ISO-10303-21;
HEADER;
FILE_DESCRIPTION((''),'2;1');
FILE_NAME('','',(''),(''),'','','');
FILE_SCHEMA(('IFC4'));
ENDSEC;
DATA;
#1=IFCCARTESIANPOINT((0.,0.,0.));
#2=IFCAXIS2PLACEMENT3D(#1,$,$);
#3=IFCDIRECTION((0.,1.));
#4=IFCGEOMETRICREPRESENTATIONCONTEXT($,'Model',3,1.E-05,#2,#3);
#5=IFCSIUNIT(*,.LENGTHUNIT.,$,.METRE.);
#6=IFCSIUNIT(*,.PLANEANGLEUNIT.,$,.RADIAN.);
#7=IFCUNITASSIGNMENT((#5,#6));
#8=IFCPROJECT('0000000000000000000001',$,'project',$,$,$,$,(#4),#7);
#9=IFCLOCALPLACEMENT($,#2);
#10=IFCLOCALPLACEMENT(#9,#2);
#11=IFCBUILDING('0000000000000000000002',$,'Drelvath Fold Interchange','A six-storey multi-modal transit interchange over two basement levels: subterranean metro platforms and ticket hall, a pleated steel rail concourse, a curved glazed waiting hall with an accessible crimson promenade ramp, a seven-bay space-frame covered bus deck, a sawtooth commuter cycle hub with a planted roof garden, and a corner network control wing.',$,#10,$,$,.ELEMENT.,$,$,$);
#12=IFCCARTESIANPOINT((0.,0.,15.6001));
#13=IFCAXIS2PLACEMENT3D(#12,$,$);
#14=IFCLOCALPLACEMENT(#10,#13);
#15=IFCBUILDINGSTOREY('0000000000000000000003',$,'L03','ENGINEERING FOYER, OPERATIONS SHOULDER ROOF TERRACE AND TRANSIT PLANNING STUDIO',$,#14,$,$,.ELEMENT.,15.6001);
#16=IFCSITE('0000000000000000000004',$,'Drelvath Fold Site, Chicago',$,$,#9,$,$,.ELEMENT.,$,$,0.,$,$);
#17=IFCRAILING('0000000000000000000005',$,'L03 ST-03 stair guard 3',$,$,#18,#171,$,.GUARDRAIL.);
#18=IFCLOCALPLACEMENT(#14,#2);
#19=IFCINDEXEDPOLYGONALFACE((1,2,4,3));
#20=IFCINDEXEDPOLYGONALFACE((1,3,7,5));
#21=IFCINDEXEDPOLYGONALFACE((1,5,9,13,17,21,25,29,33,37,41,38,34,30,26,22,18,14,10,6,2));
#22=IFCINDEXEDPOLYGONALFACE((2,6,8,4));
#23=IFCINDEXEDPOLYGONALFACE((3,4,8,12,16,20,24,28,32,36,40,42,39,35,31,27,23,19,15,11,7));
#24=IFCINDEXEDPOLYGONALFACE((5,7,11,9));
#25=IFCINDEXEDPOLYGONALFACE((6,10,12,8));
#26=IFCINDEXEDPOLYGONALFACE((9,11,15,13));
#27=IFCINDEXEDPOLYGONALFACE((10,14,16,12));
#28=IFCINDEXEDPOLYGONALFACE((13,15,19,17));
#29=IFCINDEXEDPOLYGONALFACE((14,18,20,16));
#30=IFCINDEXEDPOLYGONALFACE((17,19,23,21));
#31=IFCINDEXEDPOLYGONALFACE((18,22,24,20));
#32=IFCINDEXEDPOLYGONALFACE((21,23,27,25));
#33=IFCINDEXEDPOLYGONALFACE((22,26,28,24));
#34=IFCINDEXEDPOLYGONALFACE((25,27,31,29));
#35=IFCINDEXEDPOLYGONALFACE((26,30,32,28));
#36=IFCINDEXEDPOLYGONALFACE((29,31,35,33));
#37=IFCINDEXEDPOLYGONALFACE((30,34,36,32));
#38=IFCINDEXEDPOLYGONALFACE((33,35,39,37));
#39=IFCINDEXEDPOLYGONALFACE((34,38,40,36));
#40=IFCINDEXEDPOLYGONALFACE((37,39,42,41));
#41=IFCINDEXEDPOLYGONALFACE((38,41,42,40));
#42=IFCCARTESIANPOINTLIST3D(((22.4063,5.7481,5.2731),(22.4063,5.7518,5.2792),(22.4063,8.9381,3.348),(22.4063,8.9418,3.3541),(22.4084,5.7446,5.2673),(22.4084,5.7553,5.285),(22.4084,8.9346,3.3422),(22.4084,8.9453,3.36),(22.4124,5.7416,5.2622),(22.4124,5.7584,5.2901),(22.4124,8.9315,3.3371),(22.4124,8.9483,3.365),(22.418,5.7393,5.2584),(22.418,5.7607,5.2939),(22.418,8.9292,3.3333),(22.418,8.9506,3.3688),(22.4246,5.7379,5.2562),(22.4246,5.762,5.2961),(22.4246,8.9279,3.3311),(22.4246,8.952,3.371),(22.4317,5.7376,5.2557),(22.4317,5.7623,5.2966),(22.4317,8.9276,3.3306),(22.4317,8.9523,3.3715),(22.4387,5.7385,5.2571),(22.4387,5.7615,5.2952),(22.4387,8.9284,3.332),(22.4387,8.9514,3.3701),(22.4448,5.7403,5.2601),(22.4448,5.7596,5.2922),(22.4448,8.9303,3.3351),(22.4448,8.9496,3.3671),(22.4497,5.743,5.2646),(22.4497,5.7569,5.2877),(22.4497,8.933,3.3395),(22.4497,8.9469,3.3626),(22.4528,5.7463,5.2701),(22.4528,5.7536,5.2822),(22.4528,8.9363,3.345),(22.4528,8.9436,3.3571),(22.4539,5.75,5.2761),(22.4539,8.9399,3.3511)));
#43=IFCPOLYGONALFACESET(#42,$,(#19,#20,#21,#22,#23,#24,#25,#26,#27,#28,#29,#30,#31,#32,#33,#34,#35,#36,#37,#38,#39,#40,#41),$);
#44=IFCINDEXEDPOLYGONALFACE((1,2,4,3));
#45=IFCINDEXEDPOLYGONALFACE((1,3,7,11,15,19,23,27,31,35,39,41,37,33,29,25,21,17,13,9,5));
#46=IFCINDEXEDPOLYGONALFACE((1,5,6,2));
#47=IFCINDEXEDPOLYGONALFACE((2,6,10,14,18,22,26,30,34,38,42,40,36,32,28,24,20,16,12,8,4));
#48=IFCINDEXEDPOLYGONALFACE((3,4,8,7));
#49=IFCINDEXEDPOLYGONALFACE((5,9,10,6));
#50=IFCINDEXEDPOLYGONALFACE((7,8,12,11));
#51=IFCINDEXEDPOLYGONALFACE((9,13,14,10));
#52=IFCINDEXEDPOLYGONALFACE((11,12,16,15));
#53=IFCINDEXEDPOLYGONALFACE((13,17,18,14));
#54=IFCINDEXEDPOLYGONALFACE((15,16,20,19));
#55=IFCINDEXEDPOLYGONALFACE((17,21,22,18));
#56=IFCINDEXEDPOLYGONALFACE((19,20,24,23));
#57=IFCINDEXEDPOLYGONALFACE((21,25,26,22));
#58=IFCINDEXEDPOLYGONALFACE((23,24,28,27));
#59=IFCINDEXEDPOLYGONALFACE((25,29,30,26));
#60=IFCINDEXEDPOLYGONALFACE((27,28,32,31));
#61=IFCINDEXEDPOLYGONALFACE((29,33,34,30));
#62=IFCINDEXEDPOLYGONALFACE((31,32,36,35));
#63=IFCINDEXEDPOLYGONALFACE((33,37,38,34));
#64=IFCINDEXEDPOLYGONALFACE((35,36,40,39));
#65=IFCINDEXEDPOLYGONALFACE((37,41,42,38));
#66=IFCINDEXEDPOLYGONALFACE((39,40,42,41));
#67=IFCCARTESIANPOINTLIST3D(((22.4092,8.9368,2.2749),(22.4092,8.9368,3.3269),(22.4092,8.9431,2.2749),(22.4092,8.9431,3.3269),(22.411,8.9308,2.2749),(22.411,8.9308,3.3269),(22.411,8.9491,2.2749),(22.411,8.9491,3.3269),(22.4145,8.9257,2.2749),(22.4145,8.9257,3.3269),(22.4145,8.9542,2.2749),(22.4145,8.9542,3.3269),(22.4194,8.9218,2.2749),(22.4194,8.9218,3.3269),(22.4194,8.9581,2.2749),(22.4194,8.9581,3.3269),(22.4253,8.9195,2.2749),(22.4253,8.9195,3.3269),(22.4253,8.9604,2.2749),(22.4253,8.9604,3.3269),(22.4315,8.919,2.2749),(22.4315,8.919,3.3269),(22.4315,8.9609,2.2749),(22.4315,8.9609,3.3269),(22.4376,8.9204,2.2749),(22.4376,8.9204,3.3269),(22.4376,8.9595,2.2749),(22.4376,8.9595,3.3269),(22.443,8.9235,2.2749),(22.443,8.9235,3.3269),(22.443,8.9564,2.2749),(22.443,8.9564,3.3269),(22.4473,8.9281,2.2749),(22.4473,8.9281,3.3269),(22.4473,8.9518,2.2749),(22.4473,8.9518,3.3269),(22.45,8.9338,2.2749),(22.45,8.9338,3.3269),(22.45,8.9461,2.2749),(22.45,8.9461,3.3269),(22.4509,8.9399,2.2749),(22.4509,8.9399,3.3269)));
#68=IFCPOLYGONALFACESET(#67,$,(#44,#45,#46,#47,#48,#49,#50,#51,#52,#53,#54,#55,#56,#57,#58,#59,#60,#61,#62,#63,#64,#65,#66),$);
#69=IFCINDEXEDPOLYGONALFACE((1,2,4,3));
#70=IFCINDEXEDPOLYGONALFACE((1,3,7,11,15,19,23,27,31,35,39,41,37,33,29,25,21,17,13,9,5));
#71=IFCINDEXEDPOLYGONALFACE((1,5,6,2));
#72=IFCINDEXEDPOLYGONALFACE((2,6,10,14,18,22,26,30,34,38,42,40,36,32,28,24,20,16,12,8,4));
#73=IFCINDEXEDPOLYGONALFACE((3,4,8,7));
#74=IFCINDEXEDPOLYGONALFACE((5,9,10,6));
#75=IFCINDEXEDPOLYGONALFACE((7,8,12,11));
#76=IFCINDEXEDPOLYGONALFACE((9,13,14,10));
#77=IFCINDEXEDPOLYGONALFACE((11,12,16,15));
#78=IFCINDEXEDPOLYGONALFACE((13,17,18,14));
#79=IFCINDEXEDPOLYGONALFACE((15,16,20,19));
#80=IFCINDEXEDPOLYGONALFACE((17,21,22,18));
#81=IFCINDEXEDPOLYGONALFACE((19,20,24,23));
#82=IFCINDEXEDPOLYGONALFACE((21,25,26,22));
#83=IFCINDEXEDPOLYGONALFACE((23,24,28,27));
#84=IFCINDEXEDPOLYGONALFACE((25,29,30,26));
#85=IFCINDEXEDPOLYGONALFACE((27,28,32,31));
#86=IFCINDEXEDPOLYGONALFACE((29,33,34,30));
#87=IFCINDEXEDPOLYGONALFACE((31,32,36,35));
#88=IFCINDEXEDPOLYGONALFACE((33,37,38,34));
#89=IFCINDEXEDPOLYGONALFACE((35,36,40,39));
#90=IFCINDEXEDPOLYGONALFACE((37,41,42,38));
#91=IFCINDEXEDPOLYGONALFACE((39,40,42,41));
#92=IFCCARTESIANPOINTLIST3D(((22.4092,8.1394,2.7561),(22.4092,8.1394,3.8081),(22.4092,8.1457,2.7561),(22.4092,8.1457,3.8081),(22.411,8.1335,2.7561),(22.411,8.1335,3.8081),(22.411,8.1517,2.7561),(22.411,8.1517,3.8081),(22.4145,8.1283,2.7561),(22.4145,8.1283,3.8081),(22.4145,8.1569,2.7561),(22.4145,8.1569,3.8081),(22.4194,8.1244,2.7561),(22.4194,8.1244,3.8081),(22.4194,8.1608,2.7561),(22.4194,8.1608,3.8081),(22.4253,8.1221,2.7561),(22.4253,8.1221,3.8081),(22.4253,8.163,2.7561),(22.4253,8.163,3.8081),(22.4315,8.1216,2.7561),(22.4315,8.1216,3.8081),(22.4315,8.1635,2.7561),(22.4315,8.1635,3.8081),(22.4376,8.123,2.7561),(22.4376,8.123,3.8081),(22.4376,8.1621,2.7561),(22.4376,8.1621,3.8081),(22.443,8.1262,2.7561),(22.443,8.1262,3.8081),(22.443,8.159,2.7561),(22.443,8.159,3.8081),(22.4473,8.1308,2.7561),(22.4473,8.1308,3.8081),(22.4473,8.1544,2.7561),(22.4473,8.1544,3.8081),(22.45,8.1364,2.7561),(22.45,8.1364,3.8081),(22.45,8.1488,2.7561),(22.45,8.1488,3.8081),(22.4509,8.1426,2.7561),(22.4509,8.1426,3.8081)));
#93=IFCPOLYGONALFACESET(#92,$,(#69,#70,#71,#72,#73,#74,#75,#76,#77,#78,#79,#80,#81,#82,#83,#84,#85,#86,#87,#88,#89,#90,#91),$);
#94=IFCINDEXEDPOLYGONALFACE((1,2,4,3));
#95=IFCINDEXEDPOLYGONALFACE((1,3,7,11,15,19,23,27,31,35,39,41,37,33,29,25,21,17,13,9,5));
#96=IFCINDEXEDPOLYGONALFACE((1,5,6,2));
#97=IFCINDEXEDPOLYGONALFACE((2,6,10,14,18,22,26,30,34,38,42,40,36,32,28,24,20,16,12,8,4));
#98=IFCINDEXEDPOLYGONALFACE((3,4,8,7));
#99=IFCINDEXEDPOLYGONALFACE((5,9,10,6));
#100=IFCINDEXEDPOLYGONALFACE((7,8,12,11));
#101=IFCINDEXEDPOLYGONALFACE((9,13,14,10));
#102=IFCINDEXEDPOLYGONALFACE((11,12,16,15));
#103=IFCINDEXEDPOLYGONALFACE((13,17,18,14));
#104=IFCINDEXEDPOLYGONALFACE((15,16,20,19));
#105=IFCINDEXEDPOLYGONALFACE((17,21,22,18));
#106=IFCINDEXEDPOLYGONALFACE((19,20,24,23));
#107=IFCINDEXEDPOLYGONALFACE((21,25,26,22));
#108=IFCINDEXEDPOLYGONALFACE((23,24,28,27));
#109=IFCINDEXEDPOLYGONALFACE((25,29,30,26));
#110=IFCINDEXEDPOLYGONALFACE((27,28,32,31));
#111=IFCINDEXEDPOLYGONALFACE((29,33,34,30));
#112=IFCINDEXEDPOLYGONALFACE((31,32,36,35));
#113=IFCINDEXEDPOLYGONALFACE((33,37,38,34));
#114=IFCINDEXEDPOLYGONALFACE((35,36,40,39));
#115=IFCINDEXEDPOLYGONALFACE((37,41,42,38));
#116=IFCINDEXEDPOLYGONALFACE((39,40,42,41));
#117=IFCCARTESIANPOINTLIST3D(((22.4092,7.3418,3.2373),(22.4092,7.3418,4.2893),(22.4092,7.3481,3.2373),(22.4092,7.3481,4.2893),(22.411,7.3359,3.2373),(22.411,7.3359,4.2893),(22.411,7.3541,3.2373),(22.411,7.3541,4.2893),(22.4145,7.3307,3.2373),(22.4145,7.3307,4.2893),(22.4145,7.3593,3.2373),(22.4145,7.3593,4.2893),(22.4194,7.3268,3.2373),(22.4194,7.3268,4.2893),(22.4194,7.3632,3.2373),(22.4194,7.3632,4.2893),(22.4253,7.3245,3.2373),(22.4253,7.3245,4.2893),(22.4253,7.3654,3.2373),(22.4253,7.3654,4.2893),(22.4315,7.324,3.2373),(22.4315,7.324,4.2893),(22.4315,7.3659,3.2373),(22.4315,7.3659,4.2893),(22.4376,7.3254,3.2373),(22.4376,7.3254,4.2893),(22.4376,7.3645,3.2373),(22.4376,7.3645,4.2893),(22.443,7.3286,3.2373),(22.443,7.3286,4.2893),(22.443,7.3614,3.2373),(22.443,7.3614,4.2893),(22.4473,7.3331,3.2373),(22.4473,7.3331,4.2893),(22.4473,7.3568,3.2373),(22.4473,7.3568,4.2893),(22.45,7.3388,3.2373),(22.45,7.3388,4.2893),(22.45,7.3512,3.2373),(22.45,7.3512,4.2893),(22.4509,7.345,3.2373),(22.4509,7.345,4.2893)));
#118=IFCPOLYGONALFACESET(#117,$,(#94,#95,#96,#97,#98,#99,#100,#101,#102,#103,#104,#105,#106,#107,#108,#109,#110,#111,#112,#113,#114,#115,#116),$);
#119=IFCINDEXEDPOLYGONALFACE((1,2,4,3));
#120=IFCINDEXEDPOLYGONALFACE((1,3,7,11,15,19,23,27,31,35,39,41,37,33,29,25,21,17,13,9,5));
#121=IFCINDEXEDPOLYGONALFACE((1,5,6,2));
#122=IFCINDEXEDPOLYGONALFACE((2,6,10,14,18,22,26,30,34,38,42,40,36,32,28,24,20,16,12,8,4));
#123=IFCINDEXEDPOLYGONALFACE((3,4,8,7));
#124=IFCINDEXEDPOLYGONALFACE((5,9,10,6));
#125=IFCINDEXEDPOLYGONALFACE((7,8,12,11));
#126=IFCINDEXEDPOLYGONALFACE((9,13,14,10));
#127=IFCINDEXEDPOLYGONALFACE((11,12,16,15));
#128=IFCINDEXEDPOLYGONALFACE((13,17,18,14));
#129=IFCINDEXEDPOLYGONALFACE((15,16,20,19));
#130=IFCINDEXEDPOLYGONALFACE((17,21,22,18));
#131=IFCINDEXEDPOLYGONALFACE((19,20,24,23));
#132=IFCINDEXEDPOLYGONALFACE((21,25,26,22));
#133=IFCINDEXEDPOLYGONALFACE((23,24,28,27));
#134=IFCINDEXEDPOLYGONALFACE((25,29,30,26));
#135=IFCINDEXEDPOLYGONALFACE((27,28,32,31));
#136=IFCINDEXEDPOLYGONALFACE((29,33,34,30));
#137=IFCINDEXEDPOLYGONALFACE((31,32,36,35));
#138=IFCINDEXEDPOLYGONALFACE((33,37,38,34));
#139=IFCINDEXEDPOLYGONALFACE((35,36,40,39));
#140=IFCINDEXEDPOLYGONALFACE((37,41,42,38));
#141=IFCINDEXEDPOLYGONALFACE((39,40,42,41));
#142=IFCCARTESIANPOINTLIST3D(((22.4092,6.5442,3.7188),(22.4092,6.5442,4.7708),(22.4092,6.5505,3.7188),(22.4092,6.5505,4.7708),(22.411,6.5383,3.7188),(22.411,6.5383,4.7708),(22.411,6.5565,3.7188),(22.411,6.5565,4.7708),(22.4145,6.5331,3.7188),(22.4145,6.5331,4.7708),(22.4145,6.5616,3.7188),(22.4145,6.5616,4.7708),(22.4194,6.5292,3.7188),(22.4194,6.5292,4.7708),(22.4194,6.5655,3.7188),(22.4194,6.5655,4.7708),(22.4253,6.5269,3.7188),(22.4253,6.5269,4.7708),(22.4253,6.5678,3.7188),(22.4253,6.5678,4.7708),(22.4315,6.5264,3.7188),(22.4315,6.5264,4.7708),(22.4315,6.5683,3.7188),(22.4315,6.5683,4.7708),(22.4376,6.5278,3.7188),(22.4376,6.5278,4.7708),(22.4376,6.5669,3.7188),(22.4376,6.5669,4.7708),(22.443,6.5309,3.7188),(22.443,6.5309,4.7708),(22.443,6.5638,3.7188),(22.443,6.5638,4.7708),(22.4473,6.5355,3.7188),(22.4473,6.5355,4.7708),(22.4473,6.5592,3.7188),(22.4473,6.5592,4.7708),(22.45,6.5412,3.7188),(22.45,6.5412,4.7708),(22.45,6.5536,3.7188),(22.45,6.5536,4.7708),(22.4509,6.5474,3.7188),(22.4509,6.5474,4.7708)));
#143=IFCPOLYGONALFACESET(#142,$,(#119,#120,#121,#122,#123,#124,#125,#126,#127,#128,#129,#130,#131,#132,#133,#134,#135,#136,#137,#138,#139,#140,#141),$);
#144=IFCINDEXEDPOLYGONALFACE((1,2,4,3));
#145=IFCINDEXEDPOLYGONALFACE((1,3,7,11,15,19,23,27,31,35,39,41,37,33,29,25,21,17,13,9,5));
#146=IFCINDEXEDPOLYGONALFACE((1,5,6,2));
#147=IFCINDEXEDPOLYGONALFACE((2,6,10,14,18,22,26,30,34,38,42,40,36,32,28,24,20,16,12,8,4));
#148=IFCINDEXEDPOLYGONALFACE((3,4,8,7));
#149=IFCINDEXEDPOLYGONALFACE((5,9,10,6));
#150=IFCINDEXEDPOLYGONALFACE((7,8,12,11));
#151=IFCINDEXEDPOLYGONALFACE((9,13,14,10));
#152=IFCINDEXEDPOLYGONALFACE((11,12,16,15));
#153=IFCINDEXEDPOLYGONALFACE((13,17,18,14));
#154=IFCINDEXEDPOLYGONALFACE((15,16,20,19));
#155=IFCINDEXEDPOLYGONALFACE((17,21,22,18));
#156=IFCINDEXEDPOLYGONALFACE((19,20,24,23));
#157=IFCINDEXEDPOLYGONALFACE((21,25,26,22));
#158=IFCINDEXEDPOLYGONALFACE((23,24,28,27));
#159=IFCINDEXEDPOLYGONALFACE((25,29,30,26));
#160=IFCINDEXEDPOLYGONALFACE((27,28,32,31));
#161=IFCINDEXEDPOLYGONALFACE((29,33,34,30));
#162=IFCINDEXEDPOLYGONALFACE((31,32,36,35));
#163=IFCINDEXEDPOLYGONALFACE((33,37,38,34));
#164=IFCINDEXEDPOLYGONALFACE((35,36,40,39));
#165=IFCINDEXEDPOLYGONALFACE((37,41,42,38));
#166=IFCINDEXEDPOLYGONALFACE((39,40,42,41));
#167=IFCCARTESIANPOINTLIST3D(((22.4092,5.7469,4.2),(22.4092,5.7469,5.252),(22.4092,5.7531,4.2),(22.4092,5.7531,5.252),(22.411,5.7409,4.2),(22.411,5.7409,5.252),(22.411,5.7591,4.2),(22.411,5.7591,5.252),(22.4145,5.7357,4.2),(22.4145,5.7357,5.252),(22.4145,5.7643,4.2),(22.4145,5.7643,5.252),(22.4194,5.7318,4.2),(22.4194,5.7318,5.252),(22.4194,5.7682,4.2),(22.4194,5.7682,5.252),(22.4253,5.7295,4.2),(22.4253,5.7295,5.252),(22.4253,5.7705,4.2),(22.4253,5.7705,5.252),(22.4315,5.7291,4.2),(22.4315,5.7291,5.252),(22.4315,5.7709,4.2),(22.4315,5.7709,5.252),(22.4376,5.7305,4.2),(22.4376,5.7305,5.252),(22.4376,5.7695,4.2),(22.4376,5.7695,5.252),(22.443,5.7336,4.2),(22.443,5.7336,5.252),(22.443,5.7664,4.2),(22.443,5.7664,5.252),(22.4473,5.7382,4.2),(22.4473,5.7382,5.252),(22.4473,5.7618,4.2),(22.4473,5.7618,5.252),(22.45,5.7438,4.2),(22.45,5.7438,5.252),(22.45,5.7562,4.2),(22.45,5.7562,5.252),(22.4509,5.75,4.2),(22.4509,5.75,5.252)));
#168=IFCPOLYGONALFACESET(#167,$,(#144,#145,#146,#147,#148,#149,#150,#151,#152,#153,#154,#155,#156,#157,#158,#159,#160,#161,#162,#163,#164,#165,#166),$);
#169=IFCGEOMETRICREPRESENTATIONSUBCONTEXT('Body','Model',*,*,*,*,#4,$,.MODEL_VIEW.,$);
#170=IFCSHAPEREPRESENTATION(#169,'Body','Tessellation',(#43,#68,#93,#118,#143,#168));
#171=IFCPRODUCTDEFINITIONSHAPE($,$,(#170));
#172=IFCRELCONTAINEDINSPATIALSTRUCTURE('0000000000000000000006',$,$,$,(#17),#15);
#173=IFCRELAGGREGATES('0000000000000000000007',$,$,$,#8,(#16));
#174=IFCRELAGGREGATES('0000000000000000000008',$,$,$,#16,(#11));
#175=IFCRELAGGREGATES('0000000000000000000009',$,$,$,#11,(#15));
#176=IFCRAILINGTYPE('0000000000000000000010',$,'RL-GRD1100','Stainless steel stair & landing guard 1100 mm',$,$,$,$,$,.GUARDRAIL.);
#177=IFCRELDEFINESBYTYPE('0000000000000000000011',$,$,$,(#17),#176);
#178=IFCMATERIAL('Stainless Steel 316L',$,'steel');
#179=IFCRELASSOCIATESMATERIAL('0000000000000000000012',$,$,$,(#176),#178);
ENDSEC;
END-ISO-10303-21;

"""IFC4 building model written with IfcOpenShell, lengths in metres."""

from ifc_helpers import new_model, si_unit, direction, frame, origin, origin_2d, place, context, subcontext, project, spatial, circle, extrude, material, type_object, element, save


model = new_model("IFC4")

# Units and contexts
model_context = context("Model", 3, precision=1e-05, world=origin(), true_north=direction((0.0, 1.0)))
body_context = subcontext(model_context, "Body", "Model", "MODEL_VIEW")
ifc_project = project(units=[si_unit("LENGTHUNIT", "METRE"), si_unit("PLANEANGLEUNIT", "RADIAN")], contexts=[model_context])

# Site, building, storey
site_placement = place(None, origin())
site = spatial("IfcSite", under=ifc_project, at=site_placement, Name="Drelvath Fold Site, Chicago", CompositionType="ELEMENT", RefElevation=0.0)
building_placement = place(site_placement, origin())
building = spatial("IfcBuilding", under=site, at=building_placement, Name="Drelvath Fold Interchange", Description="A six-storey multi-modal transit interchange over two basement levels: subterranean metro platforms and ticket hall, a pleated steel rail concourse, a curved glazed waiting hall with an accessible crimson promenade ramp, a seven-bay space-frame covered bus deck, a sawtooth commuter cycle hub with a planted roof garden, and a corner network control wing.", CompositionType="ELEMENT")
storey_placement = place(building_placement, frame((0.0, 0.0, 15.6001)))
storey = spatial("IfcBuildingStorey", under=building, at=storey_placement, Name="L03", Description="ENGINEERING FOYER, OPERATIONS SHOULDER ROOF TERRACE AND TRANSIT PLANNING STUDIO", CompositionType="ELEMENT", Elevation=15.6001)

# Railing
ifc_material_1 = material(Name="Stainless Steel 316L", Category="steel")
railing_type_1 = type_object("IfcRailingType", Name="RL-GRD1100", Description="Stainless steel stair & landing guard 1100 mm", PredefinedType="GUARDRAIL", material=ifc_material_1)
railing_1_placement = place(storey_placement, frame((22.4299, 8.9399, 2.2749)))
element("IfcRailing", 1, at=railing_1_placement, inside=storey, type_object=railing_type_1, Name="L03 ST-03 stair guard 3", PredefinedType="GUARDRAIL", context=body_context, shape_type="SweptSolid", body=[
    extrude(circle(Radius=0.0239, at=origin_2d()), frame((0.0, 0.0, 1.0762), z_axis=(0.0, -0.856178, 0.516682), x_axis=(1.0, 0.0, 0.0)), (0.0, 0.0, 1.0), 3.7258),
    extrude(circle(Radius=0.021, at=origin_2d()), origin(), (0.0, 0.0, 1.0), 1.052),
    extrude(circle(Radius=0.021, at=origin_2d()), frame((0.0, -0.7974, 0.4812)), (0.0, 0.0, 1.0), 1.052),
    extrude(circle(Radius=0.021, at=origin_2d()), frame((0.0, -1.595, 0.9624)), (0.0, 0.0, 1.0), 1.052),
    extrude(circle(Radius=0.021, at=origin_2d()), frame((0.0, -2.3926, 1.4438)), (0.0, 0.0, 1.0), 1.052),
    extrude(circle(Radius=0.021, at=origin_2d()), frame((0.0, -3.1899, 1.925)), (0.0, 0.0, 1.0), 1.052),
])

save(model, "model.ifc")
